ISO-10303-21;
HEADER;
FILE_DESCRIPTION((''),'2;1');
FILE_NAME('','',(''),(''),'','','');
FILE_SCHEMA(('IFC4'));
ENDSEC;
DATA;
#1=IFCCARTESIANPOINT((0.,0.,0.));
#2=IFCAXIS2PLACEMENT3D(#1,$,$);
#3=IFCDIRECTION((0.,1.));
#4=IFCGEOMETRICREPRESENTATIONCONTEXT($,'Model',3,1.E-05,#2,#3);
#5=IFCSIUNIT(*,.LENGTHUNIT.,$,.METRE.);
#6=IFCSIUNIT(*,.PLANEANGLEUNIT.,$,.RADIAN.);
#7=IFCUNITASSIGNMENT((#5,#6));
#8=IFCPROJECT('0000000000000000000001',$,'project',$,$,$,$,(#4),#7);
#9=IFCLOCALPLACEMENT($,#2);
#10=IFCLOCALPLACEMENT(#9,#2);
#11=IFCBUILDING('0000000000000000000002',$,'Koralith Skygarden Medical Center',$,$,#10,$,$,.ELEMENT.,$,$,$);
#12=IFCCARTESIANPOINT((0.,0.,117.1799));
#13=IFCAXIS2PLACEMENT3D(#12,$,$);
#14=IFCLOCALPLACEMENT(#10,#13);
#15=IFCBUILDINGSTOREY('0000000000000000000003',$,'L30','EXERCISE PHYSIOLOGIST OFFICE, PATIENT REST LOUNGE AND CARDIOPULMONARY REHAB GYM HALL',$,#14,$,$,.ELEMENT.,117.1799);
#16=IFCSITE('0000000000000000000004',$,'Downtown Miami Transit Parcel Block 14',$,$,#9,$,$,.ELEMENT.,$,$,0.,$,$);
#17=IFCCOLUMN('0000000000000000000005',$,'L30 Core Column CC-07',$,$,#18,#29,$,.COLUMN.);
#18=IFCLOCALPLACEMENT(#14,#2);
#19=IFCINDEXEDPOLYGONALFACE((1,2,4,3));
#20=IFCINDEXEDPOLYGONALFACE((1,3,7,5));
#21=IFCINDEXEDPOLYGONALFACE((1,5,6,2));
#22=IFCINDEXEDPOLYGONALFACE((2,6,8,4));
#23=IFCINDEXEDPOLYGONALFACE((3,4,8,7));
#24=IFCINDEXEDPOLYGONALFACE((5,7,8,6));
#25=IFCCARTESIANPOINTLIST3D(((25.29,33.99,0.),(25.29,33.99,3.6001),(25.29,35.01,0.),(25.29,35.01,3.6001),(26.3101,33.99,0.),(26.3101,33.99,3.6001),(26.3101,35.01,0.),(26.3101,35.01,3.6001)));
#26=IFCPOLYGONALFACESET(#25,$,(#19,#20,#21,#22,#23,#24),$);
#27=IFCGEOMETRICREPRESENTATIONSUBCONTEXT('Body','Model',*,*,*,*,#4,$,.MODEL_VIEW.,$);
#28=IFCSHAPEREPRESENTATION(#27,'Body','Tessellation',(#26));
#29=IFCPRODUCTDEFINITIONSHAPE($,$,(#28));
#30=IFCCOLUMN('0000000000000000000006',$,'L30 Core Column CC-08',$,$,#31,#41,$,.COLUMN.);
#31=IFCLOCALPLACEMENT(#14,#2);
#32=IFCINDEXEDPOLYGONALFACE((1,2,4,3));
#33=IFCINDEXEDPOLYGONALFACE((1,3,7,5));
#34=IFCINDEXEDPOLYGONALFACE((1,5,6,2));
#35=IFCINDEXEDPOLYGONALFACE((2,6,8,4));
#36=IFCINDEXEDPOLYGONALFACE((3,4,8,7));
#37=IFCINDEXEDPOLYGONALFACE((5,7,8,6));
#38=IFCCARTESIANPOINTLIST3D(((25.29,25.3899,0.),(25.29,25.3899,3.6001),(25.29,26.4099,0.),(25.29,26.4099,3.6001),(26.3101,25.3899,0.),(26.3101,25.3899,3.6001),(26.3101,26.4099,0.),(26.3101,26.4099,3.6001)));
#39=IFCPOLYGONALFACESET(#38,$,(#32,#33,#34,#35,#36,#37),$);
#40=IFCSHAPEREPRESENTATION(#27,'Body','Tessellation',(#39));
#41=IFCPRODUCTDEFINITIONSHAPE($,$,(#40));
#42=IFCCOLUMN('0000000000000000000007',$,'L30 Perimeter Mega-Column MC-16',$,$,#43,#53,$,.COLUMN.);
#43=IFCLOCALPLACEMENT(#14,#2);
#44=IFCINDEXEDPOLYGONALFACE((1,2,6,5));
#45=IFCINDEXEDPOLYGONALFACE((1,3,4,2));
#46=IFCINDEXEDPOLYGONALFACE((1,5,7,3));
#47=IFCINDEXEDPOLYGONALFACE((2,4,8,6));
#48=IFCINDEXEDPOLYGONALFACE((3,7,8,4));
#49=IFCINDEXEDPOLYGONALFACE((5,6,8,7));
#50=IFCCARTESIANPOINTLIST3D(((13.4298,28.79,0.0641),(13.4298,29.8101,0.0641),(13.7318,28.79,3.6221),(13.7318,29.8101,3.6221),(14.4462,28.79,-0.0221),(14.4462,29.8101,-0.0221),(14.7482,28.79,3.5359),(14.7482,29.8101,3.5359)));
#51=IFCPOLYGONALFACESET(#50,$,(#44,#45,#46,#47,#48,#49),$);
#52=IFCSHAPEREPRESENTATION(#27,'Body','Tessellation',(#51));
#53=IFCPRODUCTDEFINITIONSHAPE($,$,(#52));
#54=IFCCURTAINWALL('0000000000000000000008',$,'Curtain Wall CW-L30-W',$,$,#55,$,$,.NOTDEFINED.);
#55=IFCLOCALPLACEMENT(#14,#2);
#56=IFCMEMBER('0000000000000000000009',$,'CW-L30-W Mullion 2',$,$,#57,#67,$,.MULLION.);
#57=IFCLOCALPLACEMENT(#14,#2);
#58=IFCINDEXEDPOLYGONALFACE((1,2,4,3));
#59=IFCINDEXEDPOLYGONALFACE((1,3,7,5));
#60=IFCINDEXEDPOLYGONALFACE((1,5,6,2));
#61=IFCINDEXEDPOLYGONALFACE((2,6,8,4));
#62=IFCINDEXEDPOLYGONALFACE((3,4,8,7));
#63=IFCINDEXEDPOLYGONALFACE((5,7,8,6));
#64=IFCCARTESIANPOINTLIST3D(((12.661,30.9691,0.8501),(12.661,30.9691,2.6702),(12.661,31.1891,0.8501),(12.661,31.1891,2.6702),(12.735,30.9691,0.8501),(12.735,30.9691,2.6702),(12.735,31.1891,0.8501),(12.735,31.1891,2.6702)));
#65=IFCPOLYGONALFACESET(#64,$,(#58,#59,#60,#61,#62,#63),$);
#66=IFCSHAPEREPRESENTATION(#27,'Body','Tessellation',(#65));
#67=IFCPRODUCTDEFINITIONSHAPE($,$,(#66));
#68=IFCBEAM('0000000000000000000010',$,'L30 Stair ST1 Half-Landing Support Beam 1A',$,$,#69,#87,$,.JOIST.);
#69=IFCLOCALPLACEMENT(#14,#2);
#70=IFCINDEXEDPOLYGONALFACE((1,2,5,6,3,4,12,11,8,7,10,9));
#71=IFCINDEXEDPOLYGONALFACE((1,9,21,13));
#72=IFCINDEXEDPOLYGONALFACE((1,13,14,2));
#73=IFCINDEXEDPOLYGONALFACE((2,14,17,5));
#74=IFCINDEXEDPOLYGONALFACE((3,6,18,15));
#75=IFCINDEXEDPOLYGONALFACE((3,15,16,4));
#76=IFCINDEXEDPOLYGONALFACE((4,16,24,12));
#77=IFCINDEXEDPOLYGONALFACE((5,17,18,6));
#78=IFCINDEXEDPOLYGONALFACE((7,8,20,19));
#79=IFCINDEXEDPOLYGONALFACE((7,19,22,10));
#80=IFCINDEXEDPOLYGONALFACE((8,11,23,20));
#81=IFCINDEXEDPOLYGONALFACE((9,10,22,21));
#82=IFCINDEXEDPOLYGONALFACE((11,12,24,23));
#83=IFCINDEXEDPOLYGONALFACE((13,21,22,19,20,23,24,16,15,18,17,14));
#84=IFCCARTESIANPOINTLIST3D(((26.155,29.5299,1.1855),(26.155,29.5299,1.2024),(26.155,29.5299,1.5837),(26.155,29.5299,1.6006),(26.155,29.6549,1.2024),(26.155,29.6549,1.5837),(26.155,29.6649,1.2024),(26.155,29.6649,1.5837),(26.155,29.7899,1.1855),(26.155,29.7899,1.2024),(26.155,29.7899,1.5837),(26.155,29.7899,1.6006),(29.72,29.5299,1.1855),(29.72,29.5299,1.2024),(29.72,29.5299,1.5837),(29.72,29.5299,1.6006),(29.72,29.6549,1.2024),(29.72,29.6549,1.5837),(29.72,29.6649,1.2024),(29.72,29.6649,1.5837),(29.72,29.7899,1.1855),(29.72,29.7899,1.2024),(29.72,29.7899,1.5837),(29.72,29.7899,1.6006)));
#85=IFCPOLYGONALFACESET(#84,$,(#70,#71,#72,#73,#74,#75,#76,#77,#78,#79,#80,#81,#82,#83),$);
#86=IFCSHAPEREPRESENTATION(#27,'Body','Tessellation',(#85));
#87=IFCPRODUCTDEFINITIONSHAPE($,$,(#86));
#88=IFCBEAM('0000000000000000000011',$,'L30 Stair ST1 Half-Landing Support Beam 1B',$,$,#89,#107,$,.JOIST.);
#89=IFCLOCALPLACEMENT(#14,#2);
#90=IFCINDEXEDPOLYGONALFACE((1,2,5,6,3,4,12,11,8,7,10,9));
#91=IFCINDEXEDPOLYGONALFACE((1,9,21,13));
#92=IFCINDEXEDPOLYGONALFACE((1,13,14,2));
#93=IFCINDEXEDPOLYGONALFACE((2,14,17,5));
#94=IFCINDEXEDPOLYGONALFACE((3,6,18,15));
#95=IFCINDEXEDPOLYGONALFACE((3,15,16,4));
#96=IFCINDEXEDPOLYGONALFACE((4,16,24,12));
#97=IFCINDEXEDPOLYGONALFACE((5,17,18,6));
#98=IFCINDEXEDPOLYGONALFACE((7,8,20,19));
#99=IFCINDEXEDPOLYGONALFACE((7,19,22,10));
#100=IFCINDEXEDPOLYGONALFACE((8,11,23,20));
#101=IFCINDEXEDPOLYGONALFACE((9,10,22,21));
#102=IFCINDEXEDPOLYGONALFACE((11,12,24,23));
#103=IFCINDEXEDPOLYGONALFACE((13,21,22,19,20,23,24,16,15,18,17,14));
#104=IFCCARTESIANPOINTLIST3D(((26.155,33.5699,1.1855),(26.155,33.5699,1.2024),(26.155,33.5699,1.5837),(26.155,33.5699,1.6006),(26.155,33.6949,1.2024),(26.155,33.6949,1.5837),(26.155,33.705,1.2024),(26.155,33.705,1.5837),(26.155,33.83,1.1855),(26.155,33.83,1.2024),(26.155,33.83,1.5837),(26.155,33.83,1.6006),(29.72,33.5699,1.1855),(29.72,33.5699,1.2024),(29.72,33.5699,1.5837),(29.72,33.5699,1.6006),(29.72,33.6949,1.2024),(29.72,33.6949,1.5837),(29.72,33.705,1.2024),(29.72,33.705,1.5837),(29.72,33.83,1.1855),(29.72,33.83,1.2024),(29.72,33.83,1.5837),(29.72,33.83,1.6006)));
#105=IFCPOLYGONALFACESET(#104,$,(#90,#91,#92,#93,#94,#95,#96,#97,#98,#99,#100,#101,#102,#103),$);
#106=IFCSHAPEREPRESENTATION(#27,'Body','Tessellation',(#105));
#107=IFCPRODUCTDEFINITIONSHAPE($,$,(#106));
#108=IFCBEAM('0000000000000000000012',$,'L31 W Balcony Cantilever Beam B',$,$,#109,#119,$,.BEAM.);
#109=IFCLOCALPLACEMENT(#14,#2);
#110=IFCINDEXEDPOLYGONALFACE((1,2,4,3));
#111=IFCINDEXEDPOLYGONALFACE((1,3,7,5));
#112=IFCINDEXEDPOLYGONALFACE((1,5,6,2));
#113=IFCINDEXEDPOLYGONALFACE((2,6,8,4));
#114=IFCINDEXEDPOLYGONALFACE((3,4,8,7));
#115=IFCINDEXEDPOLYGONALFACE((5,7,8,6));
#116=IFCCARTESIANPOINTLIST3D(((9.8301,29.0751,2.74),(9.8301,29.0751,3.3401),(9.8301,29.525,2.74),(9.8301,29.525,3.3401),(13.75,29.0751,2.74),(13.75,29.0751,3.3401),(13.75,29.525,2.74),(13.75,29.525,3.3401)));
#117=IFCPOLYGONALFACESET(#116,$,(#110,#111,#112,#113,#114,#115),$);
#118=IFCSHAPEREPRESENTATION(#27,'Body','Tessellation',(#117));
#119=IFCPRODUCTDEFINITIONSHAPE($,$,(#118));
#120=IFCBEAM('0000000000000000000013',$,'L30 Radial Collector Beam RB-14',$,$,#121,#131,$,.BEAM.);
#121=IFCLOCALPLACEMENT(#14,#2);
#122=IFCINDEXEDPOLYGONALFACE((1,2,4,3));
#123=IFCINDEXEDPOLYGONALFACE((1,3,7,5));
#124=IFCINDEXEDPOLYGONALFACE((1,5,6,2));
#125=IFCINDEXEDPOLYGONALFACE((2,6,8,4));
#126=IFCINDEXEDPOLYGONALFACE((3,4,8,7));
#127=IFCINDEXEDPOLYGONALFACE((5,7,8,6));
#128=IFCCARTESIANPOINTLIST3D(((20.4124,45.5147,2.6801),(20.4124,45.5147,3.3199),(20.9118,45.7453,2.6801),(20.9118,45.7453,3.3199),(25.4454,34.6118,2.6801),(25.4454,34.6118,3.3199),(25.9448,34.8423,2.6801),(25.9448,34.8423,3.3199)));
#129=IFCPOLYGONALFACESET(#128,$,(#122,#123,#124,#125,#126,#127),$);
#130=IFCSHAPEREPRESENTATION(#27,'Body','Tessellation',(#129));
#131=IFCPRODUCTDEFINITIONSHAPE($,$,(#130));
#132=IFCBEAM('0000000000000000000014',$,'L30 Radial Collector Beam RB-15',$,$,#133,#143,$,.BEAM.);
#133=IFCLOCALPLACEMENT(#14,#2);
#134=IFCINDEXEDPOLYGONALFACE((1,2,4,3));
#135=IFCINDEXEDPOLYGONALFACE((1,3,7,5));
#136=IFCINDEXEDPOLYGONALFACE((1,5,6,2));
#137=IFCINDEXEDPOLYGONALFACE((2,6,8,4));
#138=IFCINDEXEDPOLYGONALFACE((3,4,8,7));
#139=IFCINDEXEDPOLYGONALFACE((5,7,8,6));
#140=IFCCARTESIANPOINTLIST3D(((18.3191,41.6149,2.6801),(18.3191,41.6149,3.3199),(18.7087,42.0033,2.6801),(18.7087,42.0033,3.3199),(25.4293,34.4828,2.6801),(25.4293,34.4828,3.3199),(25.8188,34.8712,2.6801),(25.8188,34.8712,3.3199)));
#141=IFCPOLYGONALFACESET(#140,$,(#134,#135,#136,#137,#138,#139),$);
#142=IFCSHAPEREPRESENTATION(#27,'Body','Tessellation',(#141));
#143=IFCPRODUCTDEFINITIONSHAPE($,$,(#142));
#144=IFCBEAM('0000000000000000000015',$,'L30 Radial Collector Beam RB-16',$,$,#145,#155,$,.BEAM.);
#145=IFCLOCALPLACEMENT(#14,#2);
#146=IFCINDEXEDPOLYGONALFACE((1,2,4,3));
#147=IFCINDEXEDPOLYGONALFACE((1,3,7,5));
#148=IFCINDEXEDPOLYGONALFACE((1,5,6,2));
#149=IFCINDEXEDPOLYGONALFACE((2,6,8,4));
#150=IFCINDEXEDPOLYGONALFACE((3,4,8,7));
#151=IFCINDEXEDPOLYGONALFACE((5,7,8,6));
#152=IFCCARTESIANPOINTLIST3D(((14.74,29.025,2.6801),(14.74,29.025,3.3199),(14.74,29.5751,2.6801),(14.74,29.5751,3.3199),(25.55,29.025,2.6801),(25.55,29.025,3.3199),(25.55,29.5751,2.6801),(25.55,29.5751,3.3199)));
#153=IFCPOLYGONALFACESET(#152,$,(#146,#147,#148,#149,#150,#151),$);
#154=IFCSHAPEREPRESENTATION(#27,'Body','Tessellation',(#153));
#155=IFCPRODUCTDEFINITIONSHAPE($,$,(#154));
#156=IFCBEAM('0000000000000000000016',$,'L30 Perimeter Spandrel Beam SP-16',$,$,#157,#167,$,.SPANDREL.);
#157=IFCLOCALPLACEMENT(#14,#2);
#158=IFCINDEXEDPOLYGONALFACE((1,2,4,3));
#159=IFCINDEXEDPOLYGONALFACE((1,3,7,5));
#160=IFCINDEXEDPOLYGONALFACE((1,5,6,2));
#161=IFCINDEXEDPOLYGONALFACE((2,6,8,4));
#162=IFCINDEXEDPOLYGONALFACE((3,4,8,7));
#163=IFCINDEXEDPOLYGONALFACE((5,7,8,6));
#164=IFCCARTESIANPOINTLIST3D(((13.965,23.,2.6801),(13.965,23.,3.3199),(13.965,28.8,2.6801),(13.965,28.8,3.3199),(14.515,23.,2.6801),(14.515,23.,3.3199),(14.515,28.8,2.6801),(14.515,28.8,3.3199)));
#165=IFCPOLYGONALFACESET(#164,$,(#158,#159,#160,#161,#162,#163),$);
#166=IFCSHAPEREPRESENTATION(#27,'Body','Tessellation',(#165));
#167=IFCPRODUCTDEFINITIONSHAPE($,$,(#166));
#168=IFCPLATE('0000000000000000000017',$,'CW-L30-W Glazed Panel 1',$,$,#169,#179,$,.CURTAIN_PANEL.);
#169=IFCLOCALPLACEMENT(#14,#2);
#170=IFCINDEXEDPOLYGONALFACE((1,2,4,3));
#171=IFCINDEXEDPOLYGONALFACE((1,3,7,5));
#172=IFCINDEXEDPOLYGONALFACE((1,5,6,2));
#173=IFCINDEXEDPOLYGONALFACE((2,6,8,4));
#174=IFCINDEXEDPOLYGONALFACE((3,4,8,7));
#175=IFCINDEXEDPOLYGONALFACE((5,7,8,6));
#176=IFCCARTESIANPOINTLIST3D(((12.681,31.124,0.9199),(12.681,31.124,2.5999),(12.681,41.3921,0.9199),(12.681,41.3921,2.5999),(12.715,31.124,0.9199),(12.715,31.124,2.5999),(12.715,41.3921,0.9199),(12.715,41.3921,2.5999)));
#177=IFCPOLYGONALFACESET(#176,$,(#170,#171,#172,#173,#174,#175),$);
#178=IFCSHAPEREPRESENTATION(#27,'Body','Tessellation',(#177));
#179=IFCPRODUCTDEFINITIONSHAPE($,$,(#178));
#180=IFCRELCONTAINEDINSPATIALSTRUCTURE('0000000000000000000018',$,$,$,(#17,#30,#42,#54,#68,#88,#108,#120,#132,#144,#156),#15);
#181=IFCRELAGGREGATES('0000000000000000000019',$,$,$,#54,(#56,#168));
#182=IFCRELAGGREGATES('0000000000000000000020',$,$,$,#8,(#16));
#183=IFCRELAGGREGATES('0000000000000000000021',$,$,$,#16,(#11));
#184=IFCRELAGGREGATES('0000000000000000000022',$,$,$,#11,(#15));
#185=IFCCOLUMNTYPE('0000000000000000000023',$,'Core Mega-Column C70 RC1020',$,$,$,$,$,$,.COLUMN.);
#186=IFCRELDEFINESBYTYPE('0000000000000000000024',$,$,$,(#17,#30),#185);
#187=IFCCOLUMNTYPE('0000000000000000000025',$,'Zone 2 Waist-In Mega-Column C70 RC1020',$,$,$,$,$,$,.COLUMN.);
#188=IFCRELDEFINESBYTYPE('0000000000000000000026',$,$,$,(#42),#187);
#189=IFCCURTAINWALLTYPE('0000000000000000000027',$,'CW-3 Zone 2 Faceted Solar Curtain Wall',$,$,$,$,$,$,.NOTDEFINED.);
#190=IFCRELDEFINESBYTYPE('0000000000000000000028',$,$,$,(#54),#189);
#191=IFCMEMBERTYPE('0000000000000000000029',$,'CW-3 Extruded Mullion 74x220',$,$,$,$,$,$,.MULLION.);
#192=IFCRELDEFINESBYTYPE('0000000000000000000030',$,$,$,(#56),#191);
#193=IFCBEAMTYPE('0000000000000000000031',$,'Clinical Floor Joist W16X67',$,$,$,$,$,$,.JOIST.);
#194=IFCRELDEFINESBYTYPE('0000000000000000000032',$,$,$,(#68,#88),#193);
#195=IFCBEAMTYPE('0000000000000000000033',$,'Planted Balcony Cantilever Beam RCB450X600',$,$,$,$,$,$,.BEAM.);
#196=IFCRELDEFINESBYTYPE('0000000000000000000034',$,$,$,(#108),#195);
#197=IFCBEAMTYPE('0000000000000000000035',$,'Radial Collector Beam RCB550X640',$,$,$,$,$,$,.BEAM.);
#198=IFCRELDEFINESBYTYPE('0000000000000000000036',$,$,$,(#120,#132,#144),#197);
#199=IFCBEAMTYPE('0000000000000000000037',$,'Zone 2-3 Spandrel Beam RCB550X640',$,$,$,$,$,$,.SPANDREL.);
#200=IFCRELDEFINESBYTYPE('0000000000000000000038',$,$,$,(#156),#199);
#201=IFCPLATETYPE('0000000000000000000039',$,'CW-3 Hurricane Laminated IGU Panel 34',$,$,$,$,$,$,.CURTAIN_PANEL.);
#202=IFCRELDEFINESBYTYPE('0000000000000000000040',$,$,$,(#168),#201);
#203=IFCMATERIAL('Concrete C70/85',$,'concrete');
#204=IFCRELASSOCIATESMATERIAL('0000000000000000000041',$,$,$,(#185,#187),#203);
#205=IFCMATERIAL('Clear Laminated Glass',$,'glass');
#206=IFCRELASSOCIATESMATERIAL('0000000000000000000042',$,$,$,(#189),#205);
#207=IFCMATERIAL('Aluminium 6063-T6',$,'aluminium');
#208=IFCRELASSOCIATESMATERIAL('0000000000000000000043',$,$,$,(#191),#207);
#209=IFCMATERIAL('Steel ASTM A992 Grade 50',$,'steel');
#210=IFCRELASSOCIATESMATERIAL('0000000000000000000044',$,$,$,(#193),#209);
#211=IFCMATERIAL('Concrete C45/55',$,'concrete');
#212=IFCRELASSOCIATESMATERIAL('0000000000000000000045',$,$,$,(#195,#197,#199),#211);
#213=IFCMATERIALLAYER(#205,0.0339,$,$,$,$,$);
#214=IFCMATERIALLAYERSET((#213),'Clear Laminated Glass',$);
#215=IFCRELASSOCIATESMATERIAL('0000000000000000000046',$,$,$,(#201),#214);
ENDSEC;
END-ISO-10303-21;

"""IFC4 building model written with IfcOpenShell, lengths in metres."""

from ifc_helpers import new_model, si_unit, direction, frame, origin, origin_2d, place, context, subcontext, project, spatial, rectangle, i_section, extrude, material, layer, layer_set, material_profile, profile_set, type_object, element, aggregate, save


model = new_model("IFC4")

# Units and contexts
model_context = context("Model", 3, precision=1e-05, world=origin(), true_north=direction((0.0, 1.0)))
body_context = subcontext(model_context, "Body", "Model", "MODEL_VIEW")
ifc_project = project(units=[si_unit("LENGTHUNIT", "METRE"), si_unit("PLANEANGLEUNIT", "RADIAN")], contexts=[model_context])

# Site, building, storey
site_placement = place(None, origin())
site = spatial("IfcSite", under=ifc_project, at=site_placement, Name="Downtown Miami Transit Parcel Block 14", CompositionType="ELEMENT", RefElevation=0.0)
building_placement = place(site_placement, origin())
building = spatial("IfcBuilding", under=site, at=building_placement, Name="Koralith Skygarden Medical Center", CompositionType="ELEMENT")
storey_placement = place(building_placement, frame((0.0, 0.0, 117.1799)))
storey = spatial("IfcBuildingStorey", under=building, at=storey_placement, Name="L30", Description="EXERCISE PHYSIOLOGIST OFFICE, PATIENT REST LOUNGE AND CARDIOPULMONARY REHAB GYM HALL", CompositionType="ELEMENT", Elevation=117.1799)

# Columns
ifc_material_1 = material(Name="Concrete C70/85", Category="concrete")
ifc_material_profile_1 = material_profile(ifc_material_1, rectangle(XDim=1.02, YDim=1.02, at=origin_2d()), Name="RC1020X1020")
ifc_profile_set_1 = profile_set([ifc_material_profile_1], Name="Concrete C70/85")
column_type_1 = type_object("IfcColumnType", Name="Core Mega-Column C70 RC1020", PredefinedType="COLUMN", material=ifc_profile_set_1)
for number, where, z_axis, x_axis, name in (
    (1, (25.8, 34.5, 0.0), (0.0, 0.0, 1.0), (1.0, 0.0, 0.0), "L30 Core Column CC-07"),
    (2, (25.8, 25.8999, 0.0), (0.0, 0.0, 1.0), (1.0, 0.0, 0.0), "L30 Core Column CC-08"),
):
    element("IfcColumn", number, at=place(storey_placement, frame(where, z_axis=z_axis, x_axis=x_axis)), inside=storey, type_object=column_type_1, Name=name, PredefinedType="COLUMN", context=body_context, shape_type="SweptSolid", body=[
        extrude(rectangle(XDim=1.02, YDim=1.02, at=origin_2d()), origin(), (0.0, 0.0, 1.0), 3.6001),
    ])
ifc_material_profile_2 = material_profile(ifc_material_1, rectangle(XDim=1.02, YDim=1.02, at=origin_2d()), Name="RC1020X1020")
ifc_profile_set_2 = profile_set([ifc_material_profile_2], Name="Concrete C70/85")
column_type_2 = type_object("IfcColumnType", Name="Zone 2 Waist-In Mega-Column C70 RC1020", PredefinedType="COLUMN", material=ifc_profile_set_2)
column_placement = place(storey_placement, frame((13.938, 29.3, 0.021), z_axis=(0.084573, 0.0, 0.996417), x_axis=(0.0, 1.0, 0.0)))
element("IfcColumn", 3, at=column_placement, inside=storey, type_object=column_type_2, Name="L30 Perimeter Mega-Column MC-16", PredefinedType="COLUMN", context=body_context, shape_type="SweptSolid", body=[
    extrude(rectangle(XDim=1.02, YDim=1.02, at=origin_2d()), origin(), (0.0, 0.0, 1.0), 3.5708),
])

# Curtain wall, member
ifc_material_2 = material(Name="Clear Laminated Glass", Category="glass")
curtain_wall_type = type_object("IfcCurtainWallType", Name="CW-3 Zone 2 Faceted Solar Curtain Wall", PredefinedType="NOTDEFINED", material=ifc_material_2)
curtain_wall_placement = place(storey_placement, origin())
curtain_wall = element("IfcCurtainWall", 4, at=curtain_wall_placement, inside=storey, type_object=curtain_wall_type, Name="Curtain Wall CW-L30-W", PredefinedType="NOTDEFINED")
ifc_material_3 = material(Name="Aluminium 6063-T6", Category="aluminium")
ifc_material_profile_3 = material_profile(ifc_material_3, rectangle(XDim=0.074, YDim=0.22, at=origin_2d()), Name="MUL74X220")
ifc_profile_set_3 = profile_set([ifc_material_profile_3], Name="Aluminium 6063-T6")
member_type = type_object("IfcMemberType", Name="CW-3 Extruded Mullion 74x220", PredefinedType="MULLION", material=ifc_profile_set_3)
member_placement = place(storey_placement, frame((12.698, 31.0791, 0.8501), z_axis=(0.0, 0.0, 1.0), x_axis=(1.0, 0.0, 0.0)))
member = element("IfcMember", 5, at=member_placement, type_object=member_type, Name="CW-L30-W Mullion 2", PredefinedType="MULLION", context=body_context, shape_type="SweptSolid", body=[
    extrude(rectangle(XDim=0.074, YDim=0.22, at=origin_2d()), origin(), (0.0, 0.0, 1.0), 1.8201),
])

# Beams
ifc_material_4 = material(Name="Steel ASTM A992 Grade 50", Category="steel")
ifc_material_profile_4 = material_profile(ifc_material_4, i_section(OverallWidth=0.26, OverallDepth=0.415, WebThickness=0.01, FlangeThickness=0.0168, at=origin_2d()), Name="W16X67")
ifc_profile_set_4 = profile_set([ifc_material_profile_4], Name="Steel ASTM A992 Grade 50")
beam_type_1 = type_object("IfcBeamType", Name="Clinical Floor Joist W16X67", PredefinedType="JOIST", material=ifc_profile_set_4)
for number, where, z_axis, x_axis, name in (
    (6, (26.155, 29.6599, 1.3931), (1.0, 0.0, 0.0), (0.0, 1.0, 0.0), "L30 Stair ST1 Half-Landing Support Beam 1A"),
    (7, (26.155, 33.7, 1.3931), (1.0, 0.0, 0.0), (0.0, 1.0, 0.0), "L30 Stair ST1 Half-Landing Support Beam 1B"),
):
    element("IfcBeam", number, at=place(storey_placement, frame(where, z_axis=z_axis, x_axis=x_axis)), inside=storey, type_object=beam_type_1, Name=name, PredefinedType="JOIST", context=body_context, shape_type="SweptSolid", body=[
        extrude(i_section(OverallWidth=0.26, OverallDepth=0.415, WebThickness=0.01, FlangeThickness=0.0168, at=origin_2d()), origin(), (0.0, 0.0, 1.0), 3.5649),
    ])
ifc_material_5 = material(Name="Concrete C45/55", Category="concrete")
ifc_material_profile_5 = material_profile(ifc_material_5, rectangle(XDim=0.45, YDim=0.6001, at=origin_2d()), Name="RCB450X600")
ifc_profile_set_5 = profile_set([ifc_material_profile_5], Name="Concrete C45/55")
beam_type_2 = type_object("IfcBeamType", Name="Planted Balcony Cantilever Beam RCB450X600", PredefinedType="BEAM", material=ifc_profile_set_5)
beam_1_placement = place(storey_placement, frame((13.75, 29.3, 3.04), z_axis=(-1.0, 0.0, 0.0), x_axis=(0.0, -1.0, 0.0)))
element("IfcBeam", 8, at=beam_1_placement, inside=storey, type_object=beam_type_2, Name="L31 W Balcony Cantilever Beam B", PredefinedType="BEAM", context=body_context, shape_type="SweptSolid", body=[
    extrude(rectangle(XDim=0.45, YDim=0.6001, at=origin_2d()), origin(), (0.0, 0.0, 1.0), 3.9199),
])
ifc_material_profile_6 = material_profile(ifc_material_5, rectangle(XDim=0.55, YDim=0.6399, at=origin_2d()), Name="RCB550X640")
ifc_profile_set_6 = profile_set([ifc_material_profile_6], Name="Concrete C45/55")
beam_type_3 = type_object("IfcBeamType", Name="Radial Collector Beam RCB550X640", PredefinedType="BEAM", material=ifc_profile_set_6)
beam_2_placement = place(storey_placement, frame((25.6951, 34.7271, 3.0), z_axis=(-0.419119, 0.907931, 0.0), x_axis=(-0.907931, -0.419119, 0.0)))
element("IfcBeam", 9, at=beam_2_placement, inside=storey, type_object=beam_type_3, Name="L30 Radial Collector Beam RB-14", PredefinedType="BEAM", context=body_context, shape_type="SweptSolid", body=[
    extrude(rectangle(XDim=0.55, YDim=0.6399, at=origin_2d()), origin(), (0.0, 0.0, 1.0), 12.0085),
])
beam_3_placement = place(storey_placement, frame((25.624, 34.677, 3.0), z_axis=(-0.706015, 0.708197, 0.0), x_axis=(-0.708197, -0.706015, 0.0)))
element("IfcBeam", 10, at=beam_3_placement, inside=storey, type_object=beam_type_3, Name="L30 Radial Collector Beam RB-15", PredefinedType="BEAM", context=body_context, shape_type="SweptSolid", body=[
    extrude(rectangle(XDim=0.55, YDim=0.6399, at=origin_2d()), origin(), (0.0, 0.0, 1.0), 10.0708),
])
beam_4_placement = place(storey_placement, frame((25.55, 29.3, 3.0), z_axis=(-1.0, 0.0, 0.0), x_axis=(0.0, -1.0, 0.0)))
element("IfcBeam", 11, at=beam_4_placement, inside=storey, type_object=beam_type_3, Name="L30 Radial Collector Beam RB-16", PredefinedType="BEAM", context=body_context, shape_type="SweptSolid", body=[
    extrude(rectangle(XDim=0.55, YDim=0.6399, at=origin_2d()), origin(), (0.0, 0.0, 1.0), 10.8101),
])
ifc_material_profile_7 = material_profile(ifc_material_5, rectangle(XDim=0.55, YDim=0.6399, at=origin_2d()), Name="RCB550X640")
ifc_profile_set_7 = profile_set([ifc_material_profile_7], Name="Concrete C45/55")
beam_type_4 = type_object("IfcBeamType", Name="Zone 2-3 Spandrel Beam RCB550X640", PredefinedType="SPANDREL", material=ifc_profile_set_7)
beam_5_placement = place(storey_placement, frame((14.24, 28.8, 3.0), z_axis=(0.0, -1.0, 0.0), x_axis=(1.0, 0.0, 0.0)))
element("IfcBeam", 12, at=beam_5_placement, inside=storey, type_object=beam_type_4, Name="L30 Perimeter Spandrel Beam SP-16", PredefinedType="SPANDREL", context=body_context, shape_type="SweptSolid", body=[
    extrude(rectangle(XDim=0.55, YDim=0.6399, at=origin_2d()), origin(), (0.0, 0.0, 1.0), 5.8),
])

# Plate
ifc_layer_1 = layer(ifc_material_2, 0.0339)
ifc_layer_set_1 = layer_set([ifc_layer_1], Name="Clear Laminated Glass")
plate_type = type_object("IfcPlateType", Name="CW-3 Hurricane Laminated IGU Panel 34", PredefinedType="CURTAIN_PANEL", material=ifc_layer_set_1)
plate_placement = place(storey_placement, frame((12.698, 36.2581, 0.9199), z_axis=(0.0, 0.0, 1.0), x_axis=(0.0, -1.0, 0.0)))
plate = element("IfcPlate", 13, at=plate_placement, type_object=plate_type, Name="CW-L30-W Glazed Panel 1", PredefinedType="CURTAIN_PANEL", context=body_context, shape_type="SweptSolid", body=[
    extrude(rectangle(XDim=10.2681, YDim=0.0339, at=origin_2d()), origin(), (0.0, 0.0, 1.0), 1.6799),
])
aggregate(curtain_wall, [member, plate])

save(model, "model.ifc")
